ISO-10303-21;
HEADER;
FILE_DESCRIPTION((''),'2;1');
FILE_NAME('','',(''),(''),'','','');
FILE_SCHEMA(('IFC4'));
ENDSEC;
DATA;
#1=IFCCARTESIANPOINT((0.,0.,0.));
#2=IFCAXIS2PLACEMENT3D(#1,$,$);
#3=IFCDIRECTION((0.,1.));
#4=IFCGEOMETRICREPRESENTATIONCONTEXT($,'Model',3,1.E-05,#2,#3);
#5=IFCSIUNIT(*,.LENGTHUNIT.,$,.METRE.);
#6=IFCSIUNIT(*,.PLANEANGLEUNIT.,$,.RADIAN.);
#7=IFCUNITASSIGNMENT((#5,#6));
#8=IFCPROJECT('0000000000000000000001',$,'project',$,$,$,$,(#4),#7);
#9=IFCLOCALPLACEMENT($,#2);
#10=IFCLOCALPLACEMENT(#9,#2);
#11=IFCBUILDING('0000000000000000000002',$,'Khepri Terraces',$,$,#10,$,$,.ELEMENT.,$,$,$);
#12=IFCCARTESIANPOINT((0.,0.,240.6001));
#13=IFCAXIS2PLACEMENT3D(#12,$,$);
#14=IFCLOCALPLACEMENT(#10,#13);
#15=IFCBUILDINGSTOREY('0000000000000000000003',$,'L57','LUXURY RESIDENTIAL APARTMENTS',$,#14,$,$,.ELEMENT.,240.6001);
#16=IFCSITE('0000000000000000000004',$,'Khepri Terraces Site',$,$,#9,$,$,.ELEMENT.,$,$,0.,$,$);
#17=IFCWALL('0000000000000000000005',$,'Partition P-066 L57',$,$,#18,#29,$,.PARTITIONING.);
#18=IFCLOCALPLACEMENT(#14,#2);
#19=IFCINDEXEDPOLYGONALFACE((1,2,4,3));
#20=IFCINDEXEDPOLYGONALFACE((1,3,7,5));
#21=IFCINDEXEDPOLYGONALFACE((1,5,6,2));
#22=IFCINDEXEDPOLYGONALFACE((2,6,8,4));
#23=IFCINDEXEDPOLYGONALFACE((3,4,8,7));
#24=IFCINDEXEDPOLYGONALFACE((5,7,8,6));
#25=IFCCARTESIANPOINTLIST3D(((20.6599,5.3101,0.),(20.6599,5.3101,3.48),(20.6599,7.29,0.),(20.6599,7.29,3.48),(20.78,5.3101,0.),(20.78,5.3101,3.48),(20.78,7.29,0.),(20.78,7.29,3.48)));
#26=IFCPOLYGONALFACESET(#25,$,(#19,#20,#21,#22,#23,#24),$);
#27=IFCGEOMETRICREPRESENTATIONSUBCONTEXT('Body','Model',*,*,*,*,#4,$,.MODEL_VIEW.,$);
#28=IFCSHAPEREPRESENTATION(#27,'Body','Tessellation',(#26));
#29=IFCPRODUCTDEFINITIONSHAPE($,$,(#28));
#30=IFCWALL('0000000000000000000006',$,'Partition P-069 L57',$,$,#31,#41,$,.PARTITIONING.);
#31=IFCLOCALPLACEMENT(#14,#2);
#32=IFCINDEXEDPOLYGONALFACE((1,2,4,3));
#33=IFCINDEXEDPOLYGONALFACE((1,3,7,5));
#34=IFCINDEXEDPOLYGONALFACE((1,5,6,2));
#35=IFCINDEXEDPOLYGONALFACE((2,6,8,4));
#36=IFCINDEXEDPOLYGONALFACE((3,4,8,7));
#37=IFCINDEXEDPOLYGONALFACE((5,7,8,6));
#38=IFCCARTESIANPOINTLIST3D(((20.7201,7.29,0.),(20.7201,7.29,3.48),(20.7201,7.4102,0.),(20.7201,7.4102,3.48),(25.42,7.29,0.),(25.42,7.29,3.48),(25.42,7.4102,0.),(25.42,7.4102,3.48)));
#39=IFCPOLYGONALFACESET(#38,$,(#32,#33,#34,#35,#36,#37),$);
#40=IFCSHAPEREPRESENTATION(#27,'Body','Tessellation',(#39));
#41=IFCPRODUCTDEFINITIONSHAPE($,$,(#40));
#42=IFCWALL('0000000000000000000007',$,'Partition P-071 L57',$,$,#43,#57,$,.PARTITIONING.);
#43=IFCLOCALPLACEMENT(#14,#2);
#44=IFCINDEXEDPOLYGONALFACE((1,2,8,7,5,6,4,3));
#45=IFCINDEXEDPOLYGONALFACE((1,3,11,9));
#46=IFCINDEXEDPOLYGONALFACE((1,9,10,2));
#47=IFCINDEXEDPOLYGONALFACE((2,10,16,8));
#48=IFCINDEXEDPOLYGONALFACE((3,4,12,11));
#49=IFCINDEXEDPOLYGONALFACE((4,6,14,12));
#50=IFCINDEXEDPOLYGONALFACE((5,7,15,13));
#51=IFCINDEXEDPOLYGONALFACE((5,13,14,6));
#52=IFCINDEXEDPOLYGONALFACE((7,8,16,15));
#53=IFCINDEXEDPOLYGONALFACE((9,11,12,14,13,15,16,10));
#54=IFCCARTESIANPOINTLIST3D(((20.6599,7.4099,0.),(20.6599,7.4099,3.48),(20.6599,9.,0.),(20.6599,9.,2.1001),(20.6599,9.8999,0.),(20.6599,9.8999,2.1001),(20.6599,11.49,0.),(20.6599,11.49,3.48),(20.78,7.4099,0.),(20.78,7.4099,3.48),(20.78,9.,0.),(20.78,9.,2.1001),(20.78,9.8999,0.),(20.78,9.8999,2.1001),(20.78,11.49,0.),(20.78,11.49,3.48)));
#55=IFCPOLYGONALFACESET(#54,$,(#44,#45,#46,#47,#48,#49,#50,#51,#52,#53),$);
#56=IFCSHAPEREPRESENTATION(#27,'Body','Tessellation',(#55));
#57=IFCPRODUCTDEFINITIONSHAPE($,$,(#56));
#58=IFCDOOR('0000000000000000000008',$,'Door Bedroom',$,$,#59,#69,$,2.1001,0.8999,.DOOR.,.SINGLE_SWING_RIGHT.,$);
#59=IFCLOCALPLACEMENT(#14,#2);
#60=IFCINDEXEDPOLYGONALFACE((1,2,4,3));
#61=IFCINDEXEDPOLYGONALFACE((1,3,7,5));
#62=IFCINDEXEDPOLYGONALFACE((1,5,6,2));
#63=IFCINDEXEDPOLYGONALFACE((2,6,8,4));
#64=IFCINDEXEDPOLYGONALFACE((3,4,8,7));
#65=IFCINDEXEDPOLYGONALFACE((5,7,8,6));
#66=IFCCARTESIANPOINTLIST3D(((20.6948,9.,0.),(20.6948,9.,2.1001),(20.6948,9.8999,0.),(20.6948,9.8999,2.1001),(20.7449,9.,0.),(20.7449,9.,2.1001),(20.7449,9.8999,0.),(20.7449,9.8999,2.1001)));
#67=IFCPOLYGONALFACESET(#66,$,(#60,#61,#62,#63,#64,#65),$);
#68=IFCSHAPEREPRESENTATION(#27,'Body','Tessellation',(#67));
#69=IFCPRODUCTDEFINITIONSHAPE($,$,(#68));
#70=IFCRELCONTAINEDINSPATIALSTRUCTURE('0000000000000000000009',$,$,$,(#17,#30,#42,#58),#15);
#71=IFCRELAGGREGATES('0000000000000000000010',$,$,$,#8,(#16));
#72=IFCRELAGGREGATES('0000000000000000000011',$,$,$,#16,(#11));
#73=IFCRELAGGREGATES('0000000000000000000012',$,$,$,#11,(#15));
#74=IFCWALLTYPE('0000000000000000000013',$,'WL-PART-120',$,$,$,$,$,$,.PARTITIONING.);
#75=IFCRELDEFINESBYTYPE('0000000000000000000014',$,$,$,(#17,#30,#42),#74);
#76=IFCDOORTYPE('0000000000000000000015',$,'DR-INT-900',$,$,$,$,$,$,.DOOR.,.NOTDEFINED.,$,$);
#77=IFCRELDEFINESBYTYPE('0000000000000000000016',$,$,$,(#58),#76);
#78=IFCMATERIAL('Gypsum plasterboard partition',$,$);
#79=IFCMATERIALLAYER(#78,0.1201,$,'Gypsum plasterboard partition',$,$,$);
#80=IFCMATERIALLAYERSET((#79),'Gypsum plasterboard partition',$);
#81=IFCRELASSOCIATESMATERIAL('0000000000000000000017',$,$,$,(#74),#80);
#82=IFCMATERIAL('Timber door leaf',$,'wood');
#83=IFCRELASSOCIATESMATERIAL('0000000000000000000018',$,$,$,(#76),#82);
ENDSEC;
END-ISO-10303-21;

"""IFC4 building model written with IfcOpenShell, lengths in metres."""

from ifc_helpers import new_model, si_unit, direction, frame, frame_2d, origin, place, context, subcontext, project, spatial, rectangle, extrude, material, layer, layer_set, type_object, element, fill, save


model = new_model("IFC4")

# Units and contexts
model_context = context("Model", 3, precision=1e-05, world=origin(), true_north=direction((0.0, 1.0)))
body_context = subcontext(model_context, "Body", "Model", "MODEL_VIEW")
ifc_project = project(units=[si_unit("LENGTHUNIT", "METRE"), si_unit("PLANEANGLEUNIT", "RADIAN")], contexts=[model_context])

# Site, building, storey
site_placement = place(None, origin())
site = spatial("IfcSite", under=ifc_project, at=site_placement, Name="Khepri Terraces Site", CompositionType="ELEMENT", RefElevation=0.0)
building_placement = place(site_placement, origin())
building = spatial("IfcBuilding", under=site, at=building_placement, Name="Khepri Terraces", CompositionType="ELEMENT")
storey_placement = place(building_placement, frame((0.0, 0.0, 240.6001)))
storey = spatial("IfcBuildingStorey", under=building, at=storey_placement, Name="L57", Description="LUXURY RESIDENTIAL APARTMENTS", CompositionType="ELEMENT", Elevation=240.6001)

# Shared definitions
ifc_material_1 = material(Name="Gypsum plasterboard partition")
ifc_layer_1 = layer(ifc_material_1, 0.1201, Name="Gypsum plasterboard partition")
ifc_layer_set_1 = layer_set([ifc_layer_1], Name="Gypsum plasterboard partition")
wall_type_1 = type_object("IfcWallType", Name="WL-PART-120", PredefinedType="PARTITIONING", material=ifc_layer_set_1)
ifc_material_2 = material(Name="Timber door leaf", Category="wood")
door_type_1 = type_object("IfcDoorType", Name="DR-INT-900", OperationType="NOTDEFINED", PredefinedType="DOOR", material=ifc_material_2)

# Walls
wall_1_placement = place(storey_placement, frame((20.72, 5.3101, 0.0), z_axis=(0.0, 0.0, 1.0), x_axis=(0.0, 1.0, 0.0)))
element("IfcWall", 1, at=wall_1_placement, inside=storey, type_object=wall_type_1, Name="Partition P-066 L57", PredefinedType="PARTITIONING", context=body_context, shape_type="SweptSolid", body=[
    extrude(rectangle(XDim=1.98, YDim=0.1201, at=frame_2d((0.99, 0.0))), origin(), (0.0, 0.0, 1.0), 3.48),
])
wall_2_placement = place(storey_placement, frame((20.72, 7.3501, 0.0), z_axis=(0.0, 0.0, 1.0), x_axis=(1.0, 0.0, 0.0)))
element("IfcWall", 2, at=wall_2_placement, inside=storey, type_object=wall_type_1, Name="Partition P-069 L57", PredefinedType="PARTITIONING", context=body_context, shape_type="SweptSolid", body=[
    extrude(rectangle(XDim=4.7, YDim=0.1201, at=frame_2d((2.3501, 0.0))), origin(), (0.0, 0.0, 1.0), 3.48),
])

# Wall, opening, door
wall_3_placement = place(storey_placement, frame((20.72, 7.4099, 0.0), z_axis=(0.0, 0.0, 1.0), x_axis=(0.0, 1.0, 0.0)))
wall_3 = element("IfcWall", 3, at=wall_3_placement, inside=storey, type_object=wall_type_1, Name="Partition P-071 L57", PredefinedType="PARTITIONING", context=body_context, shape_type="SweptSolid", body=[
    extrude(rectangle(XDim=4.0801, YDim=0.1201, at=frame_2d((2.04, 0.0))), origin(), (0.0, 0.0, 1.0), 3.48),
])
opening_1_placement = place(wall_3_placement, frame((1.5901, 0.0, 0.0)))
opening_1 = element("IfcOpeningElement", 4, at=opening_1_placement, cuts=wall_3, PredefinedType="OPENING", context=body_context, shape_type="SweptSolid", body=[
    extrude(rectangle(XDim=0.8999, YDim=2.1001, at=frame_2d((0.45, 1.05))), frame((0.0, 0.0701, 0.0), z_axis=(0.0, -1.0, 0.0), x_axis=(1.0, 0.0, 0.0)), (0.0, 0.0, 1.0), 0.1401),
])
door_1_placement = place(opening_1_placement, frame((0.8999, 0.0, 0.0), z_axis=(0.0, 0.0, 1.0), x_axis=(-1.0, 0.0, 0.0)))
door_1 = element("IfcDoor", 5, at=door_1_placement, inside=storey, type_object=door_type_1, Name="Door Bedroom", OperationType="SINGLE_SWING_RIGHT", OverallHeight=2.1001, OverallWidth=0.8999, PredefinedType="DOOR", context=body_context, shape_type="SweptSolid", body=[
    extrude(rectangle(XDim=0.8999, YDim=2.1001, at=frame_2d((0.45, 1.05))), frame((0.0, 0.0249, 0.0), z_axis=(0.0, -1.0, 0.0), x_axis=(1.0, 0.0, 0.0)), (0.0, 0.0, 1.0), 0.05),
])
fill(opening_1, door_1)

save(model, "model.ifc")
